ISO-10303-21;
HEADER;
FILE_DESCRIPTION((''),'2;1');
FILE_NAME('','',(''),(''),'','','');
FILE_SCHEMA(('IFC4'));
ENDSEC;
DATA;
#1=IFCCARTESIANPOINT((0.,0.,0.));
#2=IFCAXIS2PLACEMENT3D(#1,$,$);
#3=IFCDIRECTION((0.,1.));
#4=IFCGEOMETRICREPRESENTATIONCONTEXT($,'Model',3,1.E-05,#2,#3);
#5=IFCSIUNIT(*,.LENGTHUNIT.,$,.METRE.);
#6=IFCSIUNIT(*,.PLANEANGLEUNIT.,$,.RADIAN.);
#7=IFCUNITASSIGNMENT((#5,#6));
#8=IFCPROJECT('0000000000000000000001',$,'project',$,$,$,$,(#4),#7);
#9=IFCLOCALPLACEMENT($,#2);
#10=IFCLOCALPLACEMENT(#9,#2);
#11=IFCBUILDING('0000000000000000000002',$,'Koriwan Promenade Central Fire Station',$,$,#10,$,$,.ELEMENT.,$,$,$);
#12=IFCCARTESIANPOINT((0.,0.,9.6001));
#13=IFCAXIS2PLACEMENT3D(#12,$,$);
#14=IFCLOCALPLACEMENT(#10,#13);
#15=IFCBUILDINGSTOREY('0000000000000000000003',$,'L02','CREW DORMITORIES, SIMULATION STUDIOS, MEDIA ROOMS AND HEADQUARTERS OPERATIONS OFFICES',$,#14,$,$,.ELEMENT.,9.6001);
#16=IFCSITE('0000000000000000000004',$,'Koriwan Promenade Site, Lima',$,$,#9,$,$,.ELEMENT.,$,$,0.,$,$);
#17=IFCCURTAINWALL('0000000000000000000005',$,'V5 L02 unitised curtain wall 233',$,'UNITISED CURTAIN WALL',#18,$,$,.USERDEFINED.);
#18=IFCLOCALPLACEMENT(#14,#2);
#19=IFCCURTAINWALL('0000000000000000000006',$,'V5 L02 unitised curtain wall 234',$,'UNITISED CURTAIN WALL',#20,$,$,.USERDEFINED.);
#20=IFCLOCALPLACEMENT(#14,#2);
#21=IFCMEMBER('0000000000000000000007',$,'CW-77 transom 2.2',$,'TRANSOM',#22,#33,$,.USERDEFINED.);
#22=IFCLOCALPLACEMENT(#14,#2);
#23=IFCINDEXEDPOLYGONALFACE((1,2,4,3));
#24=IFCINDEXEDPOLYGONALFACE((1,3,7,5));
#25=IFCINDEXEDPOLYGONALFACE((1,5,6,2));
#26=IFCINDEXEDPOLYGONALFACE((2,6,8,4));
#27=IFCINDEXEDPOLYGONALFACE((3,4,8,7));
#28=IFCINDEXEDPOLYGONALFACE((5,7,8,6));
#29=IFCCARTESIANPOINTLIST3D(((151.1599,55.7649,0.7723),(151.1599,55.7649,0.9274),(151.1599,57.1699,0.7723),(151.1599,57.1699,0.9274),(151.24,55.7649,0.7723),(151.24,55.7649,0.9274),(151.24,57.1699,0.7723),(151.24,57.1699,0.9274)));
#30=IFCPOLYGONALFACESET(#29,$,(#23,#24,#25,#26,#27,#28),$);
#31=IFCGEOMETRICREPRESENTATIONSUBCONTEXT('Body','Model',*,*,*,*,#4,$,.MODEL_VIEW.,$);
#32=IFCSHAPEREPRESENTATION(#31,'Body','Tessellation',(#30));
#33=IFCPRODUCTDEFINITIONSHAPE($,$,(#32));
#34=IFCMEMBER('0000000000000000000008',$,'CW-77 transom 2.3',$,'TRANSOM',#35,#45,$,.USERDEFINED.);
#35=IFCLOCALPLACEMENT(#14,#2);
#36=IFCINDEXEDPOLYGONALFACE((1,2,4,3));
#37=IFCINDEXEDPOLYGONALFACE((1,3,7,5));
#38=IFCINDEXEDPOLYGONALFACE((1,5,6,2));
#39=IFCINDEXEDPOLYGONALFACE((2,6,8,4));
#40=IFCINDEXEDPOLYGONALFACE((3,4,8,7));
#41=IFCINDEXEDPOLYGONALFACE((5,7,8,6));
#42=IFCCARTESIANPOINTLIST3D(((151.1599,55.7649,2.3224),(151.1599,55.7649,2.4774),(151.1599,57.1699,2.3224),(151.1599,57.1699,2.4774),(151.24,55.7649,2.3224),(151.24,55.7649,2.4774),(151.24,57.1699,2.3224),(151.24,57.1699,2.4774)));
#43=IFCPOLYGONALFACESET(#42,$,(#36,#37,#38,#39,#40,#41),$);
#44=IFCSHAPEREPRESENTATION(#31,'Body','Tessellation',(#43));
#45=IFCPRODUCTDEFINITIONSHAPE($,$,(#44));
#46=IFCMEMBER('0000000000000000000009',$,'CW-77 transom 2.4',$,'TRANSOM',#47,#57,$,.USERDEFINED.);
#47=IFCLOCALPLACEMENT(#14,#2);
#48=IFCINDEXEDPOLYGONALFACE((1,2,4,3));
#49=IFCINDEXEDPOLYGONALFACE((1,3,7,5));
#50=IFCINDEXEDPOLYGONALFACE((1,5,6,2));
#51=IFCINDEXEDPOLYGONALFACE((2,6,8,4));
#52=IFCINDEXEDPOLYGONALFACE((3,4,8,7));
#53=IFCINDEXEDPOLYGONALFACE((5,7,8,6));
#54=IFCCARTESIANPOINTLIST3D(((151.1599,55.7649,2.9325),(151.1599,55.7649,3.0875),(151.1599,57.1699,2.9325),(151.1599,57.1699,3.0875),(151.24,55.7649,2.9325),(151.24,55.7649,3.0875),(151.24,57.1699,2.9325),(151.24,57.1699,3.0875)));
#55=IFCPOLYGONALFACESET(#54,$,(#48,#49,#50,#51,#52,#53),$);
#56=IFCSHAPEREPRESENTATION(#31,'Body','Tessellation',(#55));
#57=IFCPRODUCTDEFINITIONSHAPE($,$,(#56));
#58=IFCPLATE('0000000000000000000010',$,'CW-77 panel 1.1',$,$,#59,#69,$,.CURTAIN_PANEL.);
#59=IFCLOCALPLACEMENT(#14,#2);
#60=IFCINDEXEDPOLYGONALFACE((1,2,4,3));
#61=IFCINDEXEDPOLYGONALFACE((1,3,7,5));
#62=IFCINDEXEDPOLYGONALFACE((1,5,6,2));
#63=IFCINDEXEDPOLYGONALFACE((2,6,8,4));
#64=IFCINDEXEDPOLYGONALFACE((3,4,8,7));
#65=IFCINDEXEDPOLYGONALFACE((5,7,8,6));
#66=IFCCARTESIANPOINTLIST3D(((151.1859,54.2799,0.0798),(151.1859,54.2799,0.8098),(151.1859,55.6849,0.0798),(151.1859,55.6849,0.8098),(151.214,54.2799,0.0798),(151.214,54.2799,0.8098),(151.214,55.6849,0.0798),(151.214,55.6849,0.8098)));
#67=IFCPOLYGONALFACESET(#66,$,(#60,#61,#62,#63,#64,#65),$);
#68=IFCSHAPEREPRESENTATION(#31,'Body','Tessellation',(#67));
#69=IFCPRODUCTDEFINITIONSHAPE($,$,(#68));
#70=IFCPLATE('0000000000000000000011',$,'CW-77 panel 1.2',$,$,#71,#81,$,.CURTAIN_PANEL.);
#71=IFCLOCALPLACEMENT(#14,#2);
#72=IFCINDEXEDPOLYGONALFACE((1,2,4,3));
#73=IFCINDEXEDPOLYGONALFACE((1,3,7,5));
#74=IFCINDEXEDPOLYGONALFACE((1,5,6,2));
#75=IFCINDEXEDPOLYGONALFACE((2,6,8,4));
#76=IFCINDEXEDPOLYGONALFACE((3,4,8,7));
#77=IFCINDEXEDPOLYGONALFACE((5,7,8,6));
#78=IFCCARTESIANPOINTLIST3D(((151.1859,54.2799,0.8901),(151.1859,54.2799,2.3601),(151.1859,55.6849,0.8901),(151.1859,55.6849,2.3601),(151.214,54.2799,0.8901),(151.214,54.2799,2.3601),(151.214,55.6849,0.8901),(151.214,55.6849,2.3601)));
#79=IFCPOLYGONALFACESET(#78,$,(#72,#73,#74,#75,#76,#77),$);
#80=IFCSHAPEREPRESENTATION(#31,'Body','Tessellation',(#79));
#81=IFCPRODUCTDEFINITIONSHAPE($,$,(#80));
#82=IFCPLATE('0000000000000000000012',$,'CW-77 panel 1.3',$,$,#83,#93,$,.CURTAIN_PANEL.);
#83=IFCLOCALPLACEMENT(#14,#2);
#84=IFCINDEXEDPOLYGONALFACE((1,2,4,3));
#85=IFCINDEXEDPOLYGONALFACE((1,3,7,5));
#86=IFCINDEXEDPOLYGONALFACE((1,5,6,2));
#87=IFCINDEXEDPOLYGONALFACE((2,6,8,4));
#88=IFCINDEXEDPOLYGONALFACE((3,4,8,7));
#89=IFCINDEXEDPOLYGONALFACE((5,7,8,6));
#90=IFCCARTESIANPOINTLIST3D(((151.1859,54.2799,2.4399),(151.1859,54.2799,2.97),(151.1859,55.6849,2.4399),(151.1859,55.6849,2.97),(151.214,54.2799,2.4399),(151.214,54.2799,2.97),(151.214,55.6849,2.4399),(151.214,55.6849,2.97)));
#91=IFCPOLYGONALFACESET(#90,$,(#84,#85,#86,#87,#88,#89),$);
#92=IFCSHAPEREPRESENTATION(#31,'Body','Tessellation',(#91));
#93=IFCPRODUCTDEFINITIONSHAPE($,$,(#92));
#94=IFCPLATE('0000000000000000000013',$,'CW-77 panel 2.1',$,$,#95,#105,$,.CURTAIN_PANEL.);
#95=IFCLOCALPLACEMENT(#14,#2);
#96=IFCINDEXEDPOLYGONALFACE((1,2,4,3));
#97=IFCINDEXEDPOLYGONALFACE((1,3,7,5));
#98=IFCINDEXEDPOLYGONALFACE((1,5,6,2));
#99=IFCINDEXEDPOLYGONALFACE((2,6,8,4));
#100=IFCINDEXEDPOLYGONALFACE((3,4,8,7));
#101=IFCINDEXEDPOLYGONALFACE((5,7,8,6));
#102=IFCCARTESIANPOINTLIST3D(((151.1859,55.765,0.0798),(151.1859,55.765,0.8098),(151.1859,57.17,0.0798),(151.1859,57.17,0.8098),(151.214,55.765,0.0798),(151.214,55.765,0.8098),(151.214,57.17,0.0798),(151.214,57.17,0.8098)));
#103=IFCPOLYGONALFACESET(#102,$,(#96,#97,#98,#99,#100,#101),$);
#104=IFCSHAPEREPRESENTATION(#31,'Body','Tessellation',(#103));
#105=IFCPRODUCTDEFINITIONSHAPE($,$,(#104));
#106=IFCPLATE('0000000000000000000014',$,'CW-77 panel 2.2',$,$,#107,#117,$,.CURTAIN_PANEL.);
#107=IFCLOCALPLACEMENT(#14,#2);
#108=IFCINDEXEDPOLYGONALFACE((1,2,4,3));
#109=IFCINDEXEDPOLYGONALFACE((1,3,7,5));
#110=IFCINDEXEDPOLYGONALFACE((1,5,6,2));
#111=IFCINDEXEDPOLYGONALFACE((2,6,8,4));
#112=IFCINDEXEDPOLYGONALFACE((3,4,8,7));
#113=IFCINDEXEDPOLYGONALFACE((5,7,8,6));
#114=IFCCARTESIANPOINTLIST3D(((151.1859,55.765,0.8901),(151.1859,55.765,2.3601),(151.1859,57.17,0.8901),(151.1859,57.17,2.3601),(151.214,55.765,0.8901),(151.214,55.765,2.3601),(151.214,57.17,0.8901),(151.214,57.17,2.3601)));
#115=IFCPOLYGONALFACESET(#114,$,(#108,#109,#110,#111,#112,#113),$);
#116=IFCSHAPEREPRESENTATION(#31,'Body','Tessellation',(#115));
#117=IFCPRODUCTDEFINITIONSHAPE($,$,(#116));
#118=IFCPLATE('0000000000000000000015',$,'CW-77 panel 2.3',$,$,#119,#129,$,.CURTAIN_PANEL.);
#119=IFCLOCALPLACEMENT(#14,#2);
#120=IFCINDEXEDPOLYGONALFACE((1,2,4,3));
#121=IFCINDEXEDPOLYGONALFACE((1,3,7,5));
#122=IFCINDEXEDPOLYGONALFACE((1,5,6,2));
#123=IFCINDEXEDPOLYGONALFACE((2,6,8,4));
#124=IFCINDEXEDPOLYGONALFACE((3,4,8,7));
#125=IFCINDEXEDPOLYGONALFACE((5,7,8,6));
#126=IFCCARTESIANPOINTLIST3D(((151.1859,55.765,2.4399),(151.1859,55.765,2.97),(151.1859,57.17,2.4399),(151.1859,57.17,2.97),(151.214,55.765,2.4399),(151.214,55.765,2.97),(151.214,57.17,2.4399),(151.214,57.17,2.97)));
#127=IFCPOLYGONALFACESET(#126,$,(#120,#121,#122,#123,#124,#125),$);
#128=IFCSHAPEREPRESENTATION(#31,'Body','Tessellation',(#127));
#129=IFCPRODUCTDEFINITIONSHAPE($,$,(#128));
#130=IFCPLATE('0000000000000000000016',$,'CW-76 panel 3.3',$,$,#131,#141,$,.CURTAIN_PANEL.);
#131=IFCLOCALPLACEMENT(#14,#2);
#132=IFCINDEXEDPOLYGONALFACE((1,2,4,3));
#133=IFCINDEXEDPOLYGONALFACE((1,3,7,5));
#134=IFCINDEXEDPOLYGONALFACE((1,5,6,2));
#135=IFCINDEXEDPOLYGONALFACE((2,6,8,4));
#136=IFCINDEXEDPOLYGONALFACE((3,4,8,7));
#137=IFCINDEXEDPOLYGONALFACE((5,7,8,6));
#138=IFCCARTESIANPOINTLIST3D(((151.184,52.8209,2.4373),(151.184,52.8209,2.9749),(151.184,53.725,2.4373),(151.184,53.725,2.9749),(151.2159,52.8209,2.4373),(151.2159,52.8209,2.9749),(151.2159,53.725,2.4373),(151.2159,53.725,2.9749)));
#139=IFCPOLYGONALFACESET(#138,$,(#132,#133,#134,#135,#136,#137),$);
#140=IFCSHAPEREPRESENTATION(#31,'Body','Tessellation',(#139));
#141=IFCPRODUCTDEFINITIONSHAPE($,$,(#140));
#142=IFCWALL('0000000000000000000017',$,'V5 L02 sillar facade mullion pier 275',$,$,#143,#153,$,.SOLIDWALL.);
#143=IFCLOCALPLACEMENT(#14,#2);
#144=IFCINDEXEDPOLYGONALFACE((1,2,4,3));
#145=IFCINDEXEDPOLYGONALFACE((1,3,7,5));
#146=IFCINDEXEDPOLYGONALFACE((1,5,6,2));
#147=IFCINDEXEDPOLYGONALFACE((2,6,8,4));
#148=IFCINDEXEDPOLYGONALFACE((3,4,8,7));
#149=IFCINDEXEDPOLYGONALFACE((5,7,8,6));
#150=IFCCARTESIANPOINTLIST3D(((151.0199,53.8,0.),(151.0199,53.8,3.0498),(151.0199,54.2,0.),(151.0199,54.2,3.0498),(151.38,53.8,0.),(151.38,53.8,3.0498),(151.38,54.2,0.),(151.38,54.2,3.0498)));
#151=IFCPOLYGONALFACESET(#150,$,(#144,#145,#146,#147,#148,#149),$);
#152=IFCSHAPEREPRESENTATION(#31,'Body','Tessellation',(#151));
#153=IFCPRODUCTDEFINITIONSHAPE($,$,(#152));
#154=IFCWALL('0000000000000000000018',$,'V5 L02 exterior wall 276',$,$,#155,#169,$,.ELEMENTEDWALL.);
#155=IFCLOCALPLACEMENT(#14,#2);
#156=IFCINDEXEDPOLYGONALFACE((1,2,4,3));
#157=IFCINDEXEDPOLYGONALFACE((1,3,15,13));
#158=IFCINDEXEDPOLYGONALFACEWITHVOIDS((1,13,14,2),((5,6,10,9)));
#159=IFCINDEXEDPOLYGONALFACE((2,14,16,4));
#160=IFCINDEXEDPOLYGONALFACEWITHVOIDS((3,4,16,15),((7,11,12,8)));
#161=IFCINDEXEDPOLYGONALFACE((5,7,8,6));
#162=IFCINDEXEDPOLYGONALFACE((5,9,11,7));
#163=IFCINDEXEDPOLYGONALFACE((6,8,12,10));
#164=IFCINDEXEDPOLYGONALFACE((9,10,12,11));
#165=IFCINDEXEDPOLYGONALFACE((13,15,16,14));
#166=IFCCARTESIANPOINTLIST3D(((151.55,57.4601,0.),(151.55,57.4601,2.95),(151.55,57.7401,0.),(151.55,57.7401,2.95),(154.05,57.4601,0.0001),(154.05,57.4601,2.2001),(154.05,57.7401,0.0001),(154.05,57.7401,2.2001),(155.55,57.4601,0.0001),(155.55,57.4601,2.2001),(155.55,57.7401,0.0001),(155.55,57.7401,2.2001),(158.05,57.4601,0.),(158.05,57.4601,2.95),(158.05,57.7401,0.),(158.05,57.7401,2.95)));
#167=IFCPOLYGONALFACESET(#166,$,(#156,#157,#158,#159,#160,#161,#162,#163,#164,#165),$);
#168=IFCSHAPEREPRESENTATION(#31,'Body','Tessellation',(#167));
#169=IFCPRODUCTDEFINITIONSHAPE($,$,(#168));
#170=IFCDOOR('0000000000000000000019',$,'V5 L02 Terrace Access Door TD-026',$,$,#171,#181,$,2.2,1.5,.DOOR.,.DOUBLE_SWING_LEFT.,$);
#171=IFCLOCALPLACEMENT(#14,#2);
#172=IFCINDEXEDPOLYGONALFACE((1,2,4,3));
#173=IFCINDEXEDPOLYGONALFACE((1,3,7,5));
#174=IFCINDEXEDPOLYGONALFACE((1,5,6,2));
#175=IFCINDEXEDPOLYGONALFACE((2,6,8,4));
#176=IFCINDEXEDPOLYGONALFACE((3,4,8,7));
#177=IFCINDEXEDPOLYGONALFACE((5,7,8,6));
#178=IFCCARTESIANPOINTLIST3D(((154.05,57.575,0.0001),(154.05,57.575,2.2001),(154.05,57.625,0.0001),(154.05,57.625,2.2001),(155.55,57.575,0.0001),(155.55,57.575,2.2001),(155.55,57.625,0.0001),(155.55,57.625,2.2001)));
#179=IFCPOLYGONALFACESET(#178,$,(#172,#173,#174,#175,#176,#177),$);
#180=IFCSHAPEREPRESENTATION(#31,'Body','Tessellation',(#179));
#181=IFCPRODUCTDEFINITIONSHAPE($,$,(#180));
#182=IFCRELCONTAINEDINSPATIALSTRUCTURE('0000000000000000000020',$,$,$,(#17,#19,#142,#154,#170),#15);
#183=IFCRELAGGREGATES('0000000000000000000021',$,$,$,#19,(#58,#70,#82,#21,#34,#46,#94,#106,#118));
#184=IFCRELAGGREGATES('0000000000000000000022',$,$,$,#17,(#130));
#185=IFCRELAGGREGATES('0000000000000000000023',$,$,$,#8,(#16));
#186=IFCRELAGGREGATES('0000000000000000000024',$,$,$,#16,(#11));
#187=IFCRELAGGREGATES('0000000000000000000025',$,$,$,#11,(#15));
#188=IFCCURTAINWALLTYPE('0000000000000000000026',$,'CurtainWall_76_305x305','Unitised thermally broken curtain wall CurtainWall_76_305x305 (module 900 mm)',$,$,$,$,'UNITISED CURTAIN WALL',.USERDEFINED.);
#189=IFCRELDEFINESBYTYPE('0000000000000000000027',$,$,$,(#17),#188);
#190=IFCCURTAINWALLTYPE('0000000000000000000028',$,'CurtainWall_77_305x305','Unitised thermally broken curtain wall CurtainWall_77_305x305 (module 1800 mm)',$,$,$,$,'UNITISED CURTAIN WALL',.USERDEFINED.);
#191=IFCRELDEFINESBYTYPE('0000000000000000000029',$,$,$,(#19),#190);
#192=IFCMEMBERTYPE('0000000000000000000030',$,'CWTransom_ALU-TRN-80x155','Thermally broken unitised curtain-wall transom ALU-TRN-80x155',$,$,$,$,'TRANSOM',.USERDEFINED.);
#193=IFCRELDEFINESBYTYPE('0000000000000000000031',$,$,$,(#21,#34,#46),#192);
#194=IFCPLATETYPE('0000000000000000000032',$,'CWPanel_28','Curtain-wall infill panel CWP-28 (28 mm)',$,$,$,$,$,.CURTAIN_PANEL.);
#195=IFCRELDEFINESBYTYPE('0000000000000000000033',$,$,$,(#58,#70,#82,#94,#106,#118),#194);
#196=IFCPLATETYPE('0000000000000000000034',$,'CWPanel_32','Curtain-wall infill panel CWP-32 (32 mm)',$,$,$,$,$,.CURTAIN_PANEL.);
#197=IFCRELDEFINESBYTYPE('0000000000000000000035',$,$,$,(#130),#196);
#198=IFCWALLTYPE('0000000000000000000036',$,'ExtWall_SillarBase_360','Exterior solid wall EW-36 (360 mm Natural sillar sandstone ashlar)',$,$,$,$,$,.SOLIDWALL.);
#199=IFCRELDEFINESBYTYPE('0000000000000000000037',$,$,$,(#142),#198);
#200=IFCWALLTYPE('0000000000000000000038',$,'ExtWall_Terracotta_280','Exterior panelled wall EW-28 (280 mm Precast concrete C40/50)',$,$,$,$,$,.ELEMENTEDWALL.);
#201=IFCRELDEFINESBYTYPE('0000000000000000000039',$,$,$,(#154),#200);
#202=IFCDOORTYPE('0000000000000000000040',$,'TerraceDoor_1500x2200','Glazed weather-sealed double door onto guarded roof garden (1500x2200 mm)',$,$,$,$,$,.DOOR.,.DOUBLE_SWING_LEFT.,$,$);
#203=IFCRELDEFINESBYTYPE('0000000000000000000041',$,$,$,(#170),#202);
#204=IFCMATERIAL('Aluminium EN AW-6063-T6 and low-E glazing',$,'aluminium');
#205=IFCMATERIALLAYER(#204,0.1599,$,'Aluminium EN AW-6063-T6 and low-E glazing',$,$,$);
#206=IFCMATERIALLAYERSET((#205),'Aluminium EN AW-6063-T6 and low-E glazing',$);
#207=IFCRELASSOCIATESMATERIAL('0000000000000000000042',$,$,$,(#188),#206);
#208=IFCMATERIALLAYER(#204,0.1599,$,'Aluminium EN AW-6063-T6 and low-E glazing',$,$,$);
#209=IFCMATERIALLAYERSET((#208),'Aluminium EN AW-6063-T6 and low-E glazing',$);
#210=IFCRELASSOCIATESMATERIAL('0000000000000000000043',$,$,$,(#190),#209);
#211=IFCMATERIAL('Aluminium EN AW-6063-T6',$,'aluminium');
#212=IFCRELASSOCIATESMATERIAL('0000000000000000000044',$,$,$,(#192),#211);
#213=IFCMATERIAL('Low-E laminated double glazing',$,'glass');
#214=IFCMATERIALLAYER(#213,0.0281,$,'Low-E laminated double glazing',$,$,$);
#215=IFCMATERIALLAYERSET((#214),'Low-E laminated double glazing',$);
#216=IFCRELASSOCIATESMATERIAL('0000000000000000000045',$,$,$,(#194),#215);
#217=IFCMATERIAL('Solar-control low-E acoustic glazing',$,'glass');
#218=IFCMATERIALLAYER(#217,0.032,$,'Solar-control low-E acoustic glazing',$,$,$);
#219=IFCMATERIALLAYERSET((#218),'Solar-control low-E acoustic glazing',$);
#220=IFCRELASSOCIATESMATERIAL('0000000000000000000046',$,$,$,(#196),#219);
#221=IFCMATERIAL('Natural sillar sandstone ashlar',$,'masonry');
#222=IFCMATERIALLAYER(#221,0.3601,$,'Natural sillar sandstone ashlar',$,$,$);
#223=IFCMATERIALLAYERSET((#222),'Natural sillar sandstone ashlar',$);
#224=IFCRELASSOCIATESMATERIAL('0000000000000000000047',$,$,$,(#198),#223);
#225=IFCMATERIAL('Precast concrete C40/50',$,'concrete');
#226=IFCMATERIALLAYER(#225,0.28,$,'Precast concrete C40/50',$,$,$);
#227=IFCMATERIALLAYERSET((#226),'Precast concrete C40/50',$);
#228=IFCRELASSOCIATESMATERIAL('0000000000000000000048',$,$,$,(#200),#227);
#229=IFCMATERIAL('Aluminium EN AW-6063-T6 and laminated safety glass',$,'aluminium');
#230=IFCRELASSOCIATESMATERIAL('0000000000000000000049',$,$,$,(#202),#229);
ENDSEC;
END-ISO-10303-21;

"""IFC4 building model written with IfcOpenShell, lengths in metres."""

from ifc_helpers import new_model, si_unit, direction, frame, frame_2d, origin, origin_2d, place, context, subcontext, project, spatial, rectangle, extrude, material, layer, layer_set, material_profile, profile_set, type_object, element, fill, aggregate, save


model = new_model("IFC4")

# Units and contexts
model_context = context("Model", 3, precision=1e-05, world=origin(), true_north=direction((0.0, 1.0)))
body_context = subcontext(model_context, "Body", "Model", "MODEL_VIEW")
ifc_project = project(units=[si_unit("LENGTHUNIT", "METRE"), si_unit("PLANEANGLEUNIT", "RADIAN")], contexts=[model_context])

# Site, building, storey
site_placement = place(None, origin())
site = spatial("IfcSite", under=ifc_project, at=site_placement, Name="Koriwan Promenade Site, Lima", CompositionType="ELEMENT", RefElevation=0.0)
building_placement = place(site_placement, origin())
building = spatial("IfcBuilding", under=site, at=building_placement, Name="Koriwan Promenade Central Fire Station", CompositionType="ELEMENT")
storey_placement = place(building_placement, frame((0.0, 0.0, 9.6001)))
storey = spatial("IfcBuildingStorey", under=building, at=storey_placement, Name="L02", Description="CREW DORMITORIES, SIMULATION STUDIOS, MEDIA ROOMS AND HEADQUARTERS OPERATIONS OFFICES", CompositionType="ELEMENT", Elevation=9.6001)

# Curtain wall
ifc_material_1 = material(Name="Aluminium EN AW-6063-T6 and low-E glazing", Category="aluminium")
ifc_layer_1 = layer(ifc_material_1, 0.1599, Name="Aluminium EN AW-6063-T6 and low-E glazing")
ifc_layer_set_1 = layer_set([ifc_layer_1], Name="Aluminium EN AW-6063-T6 and low-E glazing")
curtain_wall_type_1 = type_object("IfcCurtainWallType", Name="CurtainWall_76_305x305", Description="Unitised thermally broken curtain wall CurtainWall_76_305x305 (module 900 mm)", ElementType="UNITISED CURTAIN WALL", PredefinedType="USERDEFINED", material=ifc_layer_set_1)
curtain_wall_1_placement = place(storey_placement, origin())
curtain_wall_1 = element("IfcCurtainWall", 1, at=curtain_wall_1_placement, inside=storey, type_object=curtain_wall_type_1, Name="V5 L02 unitised curtain wall 233", ObjectType="UNITISED CURTAIN WALL", PredefinedType="USERDEFINED")
ifc_material_2 = material(Name="Aluminium EN AW-6063-T6", Category="aluminium")

# Curtain wall, members, plates
ifc_layer_2 = layer(ifc_material_1, 0.1599, Name="Aluminium EN AW-6063-T6 and low-E glazing")
ifc_layer_set_2 = layer_set([ifc_layer_2], Name="Aluminium EN AW-6063-T6 and low-E glazing")
curtain_wall_type_2 = type_object("IfcCurtainWallType", Name="CurtainWall_77_305x305", Description="Unitised thermally broken curtain wall CurtainWall_77_305x305 (module 1800 mm)", ElementType="UNITISED CURTAIN WALL", PredefinedType="USERDEFINED", material=ifc_layer_set_2)
curtain_wall_2_placement = place(storey_placement, origin())
curtain_wall_2 = element("IfcCurtainWall", 2, at=curtain_wall_2_placement, inside=storey, type_object=curtain_wall_type_2, Name="V5 L02 unitised curtain wall 234", ObjectType="UNITISED CURTAIN WALL", PredefinedType="USERDEFINED")
ifc_material_profile_1 = material_profile(ifc_material_2, rectangle(XDim=0.0801, YDim=0.155, at=origin_2d()), Name="ALU-TRN-80x155")
ifc_profile_set_1 = profile_set([ifc_material_profile_1], Name="Aluminium EN AW-6063-T6")
member_type_1 = type_object("IfcMemberType", Name="CWTransom_ALU-TRN-80x155", Description="Thermally broken unitised curtain-wall transom ALU-TRN-80x155", ElementType="TRANSOM", PredefinedType="USERDEFINED", material=ifc_profile_set_1)
member_1_placement = place(storey_placement, frame((151.2, 55.7649, 0.8499), z_axis=(0.0, 1.0, 0.0), x_axis=(-1.0, 0.0, 0.0)))
member_1 = element("IfcMember", 3, at=member_1_placement, type_object=member_type_1, Name="CW-77 transom 2.2", ObjectType="TRANSOM", PredefinedType="USERDEFINED", context=body_context, shape_type="SweptSolid", body=[
    extrude(rectangle(XDim=0.0801, YDim=0.155, at=origin_2d()), origin(), (0.0, 0.0, 1.0), 1.405),
])
member_2_placement = place(storey_placement, frame((151.2, 55.7649, 2.3999), z_axis=(0.0, 1.0, 0.0), x_axis=(-1.0, 0.0, 0.0)))
member_2 = element("IfcMember", 4, at=member_2_placement, type_object=member_type_1, Name="CW-77 transom 2.3", ObjectType="TRANSOM", PredefinedType="USERDEFINED", context=body_context, shape_type="SweptSolid", body=[
    extrude(rectangle(XDim=0.0801, YDim=0.155, at=origin_2d()), origin(), (0.0, 0.0, 1.0), 1.405),
])
member_3_placement = place(storey_placement, frame((151.2, 55.7649, 3.01), z_axis=(0.0, 1.0, 0.0), x_axis=(-1.0, 0.0, 0.0)))
member_3 = element("IfcMember", 5, at=member_3_placement, type_object=member_type_1, Name="CW-77 transom 2.4", ObjectType="TRANSOM", PredefinedType="USERDEFINED", context=body_context, shape_type="SweptSolid", body=[
    extrude(rectangle(XDim=0.0801, YDim=0.155, at=origin_2d()), origin(), (0.0, 0.0, 1.0), 1.405),
])
ifc_material_3 = material(Name="Low-E laminated double glazing", Category="glass")
ifc_layer_3 = layer(ifc_material_3, 0.0281, Name="Low-E laminated double glazing")
ifc_layer_set_3 = layer_set([ifc_layer_3], Name="Low-E laminated double glazing")
plate_type_1 = type_object("IfcPlateType", Name="CWPanel_28", Description="Curtain-wall infill panel CWP-28 (28 mm)", PredefinedType="CURTAIN_PANEL", material=ifc_layer_set_3)
plate_1_placement = place(storey_placement, frame((151.2, 54.9824, 0.0798), z_axis=(0.0, 0.0, 1.0), x_axis=(0.0, 1.0, 0.0)))
plate_1 = element("IfcPlate", 6, at=plate_1_placement, type_object=plate_type_1, Name="CW-77 panel 1.1", PredefinedType="CURTAIN_PANEL", context=body_context, shape_type="SweptSolid", body=[
    extrude(rectangle(XDim=1.405, YDim=0.0281, at=origin_2d()), origin(), (0.0, 0.0, 1.0), 0.73),
])
plate_2_placement = place(storey_placement, frame((151.2, 54.9824, 0.8901), z_axis=(0.0, 0.0, 1.0), x_axis=(0.0, 1.0, 0.0)))
plate_2 = element("IfcPlate", 7, at=plate_2_placement, type_object=plate_type_1, Name="CW-77 panel 1.2", PredefinedType="CURTAIN_PANEL", context=body_context, shape_type="SweptSolid", body=[
    extrude(rectangle(XDim=1.405, YDim=0.0281, at=origin_2d()), origin(), (0.0, 0.0, 1.0), 1.47),
])
plate_3_placement = place(storey_placement, frame((151.2, 54.9824, 2.4399), z_axis=(0.0, 0.0, 1.0), x_axis=(0.0, 1.0, 0.0)))
plate_3 = element("IfcPlate", 8, at=plate_3_placement, type_object=plate_type_1, Name="CW-77 panel 1.3", PredefinedType="CURTAIN_PANEL", context=body_context, shape_type="SweptSolid", body=[
    extrude(rectangle(XDim=1.405, YDim=0.0281, at=origin_2d()), origin(), (0.0, 0.0, 1.0), 0.53),
])
plate_4_placement = place(storey_placement, frame((151.2, 56.4675, 0.0798), z_axis=(0.0, 0.0, 1.0), x_axis=(0.0, 1.0, 0.0)))
plate_4 = element("IfcPlate", 9, at=plate_4_placement, type_object=plate_type_1, Name="CW-77 panel 2.1", PredefinedType="CURTAIN_PANEL", context=body_context, shape_type="SweptSolid", body=[
    extrude(rectangle(XDim=1.405, YDim=0.0281, at=origin_2d()), origin(), (0.0, 0.0, 1.0), 0.73),
])
plate_5_placement = place(storey_placement, frame((151.2, 56.4675, 0.8901), z_axis=(0.0, 0.0, 1.0), x_axis=(0.0, 1.0, 0.0)))
plate_5 = element("IfcPlate", 10, at=plate_5_placement, type_object=plate_type_1, Name="CW-77 panel 2.2", PredefinedType="CURTAIN_PANEL", context=body_context, shape_type="SweptSolid", body=[
    extrude(rectangle(XDim=1.405, YDim=0.0281, at=origin_2d()), origin(), (0.0, 0.0, 1.0), 1.47),
])
plate_6_placement = place(storey_placement, frame((151.2, 56.4675, 2.4399), z_axis=(0.0, 0.0, 1.0), x_axis=(0.0, 1.0, 0.0)))
plate_6 = element("IfcPlate", 11, at=plate_6_placement, type_object=plate_type_1, Name="CW-77 panel 2.3", PredefinedType="CURTAIN_PANEL", context=body_context, shape_type="SweptSolid", body=[
    extrude(rectangle(XDim=1.405, YDim=0.0281, at=origin_2d()), origin(), (0.0, 0.0, 1.0), 0.53),
])
aggregate(curtain_wall_2, [plate_1, plate_2, plate_3, member_1, member_2, member_3, plate_4, plate_5, plate_6])

# Plate
ifc_material_4 = material(Name="Solar-control low-E acoustic glazing", Category="glass")
ifc_layer_4 = layer(ifc_material_4, 0.032, Name="Solar-control low-E acoustic glazing")
ifc_layer_set_4 = layer_set([ifc_layer_4], Name="Solar-control low-E acoustic glazing")
plate_type_2 = type_object("IfcPlateType", Name="CWPanel_32", Description="Curtain-wall infill panel CWP-32 (32 mm)", PredefinedType="CURTAIN_PANEL", material=ifc_layer_set_4)
plate_7_placement = place(storey_placement, frame((151.2, 53.2729, 2.4373), z_axis=(0.0, 0.0, 1.0), x_axis=(0.0, 1.0, 0.0)))
plate_7 = element("IfcPlate", 12, at=plate_7_placement, type_object=plate_type_2, Name="CW-76 panel 3.3", PredefinedType="CURTAIN_PANEL", context=body_context, shape_type="SweptSolid", body=[
    extrude(rectangle(XDim=0.9041, YDim=0.032, at=origin_2d()), origin(), (0.0, 0.0, 1.0), 0.5376),
])
aggregate(curtain_wall_1, [plate_7])

# Wall
ifc_material_5 = material(Name="Natural sillar sandstone ashlar", Category="masonry")
ifc_layer_5 = layer(ifc_material_5, 0.3601, Name="Natural sillar sandstone ashlar")
ifc_layer_set_5 = layer_set([ifc_layer_5], Name="Natural sillar sandstone ashlar")
wall_type_1 = type_object("IfcWallType", Name="ExtWall_SillarBase_360", Description="Exterior solid wall EW-36 (360 mm Natural sillar sandstone ashlar)", PredefinedType="SOLIDWALL", material=ifc_layer_set_5)
wall_1_placement = place(storey_placement, frame((151.2, 53.8, 0.0), z_axis=(0.0, 0.0, 1.0), x_axis=(0.0, 1.0, 0.0)))
element("IfcWall", 13, at=wall_1_placement, inside=storey, type_object=wall_type_1, Name="V5 L02 sillar facade mullion pier 275", PredefinedType="SOLIDWALL", context=body_context, shape_type="SweptSolid", body=[
    extrude(rectangle(XDim=0.3999, YDim=0.3601, at=frame_2d((0.2, 0.0))), origin(), (0.0, 0.0, 1.0), 3.0498),
])

# Wall, opening, door
ifc_material_6 = material(Name="Precast concrete C40/50", Category="concrete")
ifc_layer_6 = layer(ifc_material_6, 0.28, Name="Precast concrete C40/50")
ifc_layer_set_6 = layer_set([ifc_layer_6], Name="Precast concrete C40/50")
wall_type_2 = type_object("IfcWallType", Name="ExtWall_Terracotta_280", Description="Exterior panelled wall EW-28 (280 mm Precast concrete C40/50)", PredefinedType="ELEMENTEDWALL", material=ifc_layer_set_6)
wall_2_placement = place(storey_placement, frame((151.55, 57.6001, 0.0), z_axis=(0.0, 0.0, 1.0), x_axis=(1.0, 0.0, 0.0)))
wall_2 = element("IfcWall", 14, at=wall_2_placement, inside=storey, type_object=wall_type_2, Name="V5 L02 exterior wall 276", PredefinedType="ELEMENTEDWALL", context=body_context, shape_type="SweptSolid", body=[
    extrude(rectangle(XDim=6.5, YDim=0.28, at=frame_2d((3.25, 0.0))), origin(), (0.0, 0.0, 1.0), 2.95),
])
opening_placement = place(wall_2_placement, frame((2.5, 0.0, 0.0)))
opening = element("IfcOpeningElement", 15, at=opening_placement, cuts=wall_2, PredefinedType="OPENING", context=body_context, shape_type="SweptSolid", body=[
    extrude(rectangle(XDim=1.5, YDim=2.2, at=frame_2d((0.75, 1.1001))), frame((0.0, 0.1519, 0.0), z_axis=(0.0, -1.0, 0.0), x_axis=(1.0, 0.0, 0.0)), (0.0, 0.0, 1.0), 0.304),
])
ifc_material_7 = material(Name="Aluminium EN AW-6063-T6 and laminated safety glass", Category="aluminium")
door_type = type_object("IfcDoorType", Name="TerraceDoor_1500x2200", Description="Glazed weather-sealed double door onto guarded roof garden (1500x2200 mm)", OperationType="DOUBLE_SWING_LEFT", PredefinedType="DOOR", material=ifc_material_7)
door_placement = place(opening_placement, origin())
door = element("IfcDoor", 16, at=door_placement, inside=storey, type_object=door_type, Name="V5 L02 Terrace Access Door TD-026", OperationType="DOUBLE_SWING_LEFT", OverallHeight=2.2, OverallWidth=1.5, PredefinedType="DOOR", context=body_context, shape_type="SweptSolid", body=[
    extrude(rectangle(XDim=1.5, YDim=2.2, at=frame_2d((0.75, 1.1001))), frame((0.0, 0.0249, 0.0), z_axis=(0.0, -1.0, 0.0), x_axis=(1.0, 0.0, 0.0)), (0.0, 0.0, 1.0), 0.05),
])
fill(opening, door)

save(model, "model.ifc")
